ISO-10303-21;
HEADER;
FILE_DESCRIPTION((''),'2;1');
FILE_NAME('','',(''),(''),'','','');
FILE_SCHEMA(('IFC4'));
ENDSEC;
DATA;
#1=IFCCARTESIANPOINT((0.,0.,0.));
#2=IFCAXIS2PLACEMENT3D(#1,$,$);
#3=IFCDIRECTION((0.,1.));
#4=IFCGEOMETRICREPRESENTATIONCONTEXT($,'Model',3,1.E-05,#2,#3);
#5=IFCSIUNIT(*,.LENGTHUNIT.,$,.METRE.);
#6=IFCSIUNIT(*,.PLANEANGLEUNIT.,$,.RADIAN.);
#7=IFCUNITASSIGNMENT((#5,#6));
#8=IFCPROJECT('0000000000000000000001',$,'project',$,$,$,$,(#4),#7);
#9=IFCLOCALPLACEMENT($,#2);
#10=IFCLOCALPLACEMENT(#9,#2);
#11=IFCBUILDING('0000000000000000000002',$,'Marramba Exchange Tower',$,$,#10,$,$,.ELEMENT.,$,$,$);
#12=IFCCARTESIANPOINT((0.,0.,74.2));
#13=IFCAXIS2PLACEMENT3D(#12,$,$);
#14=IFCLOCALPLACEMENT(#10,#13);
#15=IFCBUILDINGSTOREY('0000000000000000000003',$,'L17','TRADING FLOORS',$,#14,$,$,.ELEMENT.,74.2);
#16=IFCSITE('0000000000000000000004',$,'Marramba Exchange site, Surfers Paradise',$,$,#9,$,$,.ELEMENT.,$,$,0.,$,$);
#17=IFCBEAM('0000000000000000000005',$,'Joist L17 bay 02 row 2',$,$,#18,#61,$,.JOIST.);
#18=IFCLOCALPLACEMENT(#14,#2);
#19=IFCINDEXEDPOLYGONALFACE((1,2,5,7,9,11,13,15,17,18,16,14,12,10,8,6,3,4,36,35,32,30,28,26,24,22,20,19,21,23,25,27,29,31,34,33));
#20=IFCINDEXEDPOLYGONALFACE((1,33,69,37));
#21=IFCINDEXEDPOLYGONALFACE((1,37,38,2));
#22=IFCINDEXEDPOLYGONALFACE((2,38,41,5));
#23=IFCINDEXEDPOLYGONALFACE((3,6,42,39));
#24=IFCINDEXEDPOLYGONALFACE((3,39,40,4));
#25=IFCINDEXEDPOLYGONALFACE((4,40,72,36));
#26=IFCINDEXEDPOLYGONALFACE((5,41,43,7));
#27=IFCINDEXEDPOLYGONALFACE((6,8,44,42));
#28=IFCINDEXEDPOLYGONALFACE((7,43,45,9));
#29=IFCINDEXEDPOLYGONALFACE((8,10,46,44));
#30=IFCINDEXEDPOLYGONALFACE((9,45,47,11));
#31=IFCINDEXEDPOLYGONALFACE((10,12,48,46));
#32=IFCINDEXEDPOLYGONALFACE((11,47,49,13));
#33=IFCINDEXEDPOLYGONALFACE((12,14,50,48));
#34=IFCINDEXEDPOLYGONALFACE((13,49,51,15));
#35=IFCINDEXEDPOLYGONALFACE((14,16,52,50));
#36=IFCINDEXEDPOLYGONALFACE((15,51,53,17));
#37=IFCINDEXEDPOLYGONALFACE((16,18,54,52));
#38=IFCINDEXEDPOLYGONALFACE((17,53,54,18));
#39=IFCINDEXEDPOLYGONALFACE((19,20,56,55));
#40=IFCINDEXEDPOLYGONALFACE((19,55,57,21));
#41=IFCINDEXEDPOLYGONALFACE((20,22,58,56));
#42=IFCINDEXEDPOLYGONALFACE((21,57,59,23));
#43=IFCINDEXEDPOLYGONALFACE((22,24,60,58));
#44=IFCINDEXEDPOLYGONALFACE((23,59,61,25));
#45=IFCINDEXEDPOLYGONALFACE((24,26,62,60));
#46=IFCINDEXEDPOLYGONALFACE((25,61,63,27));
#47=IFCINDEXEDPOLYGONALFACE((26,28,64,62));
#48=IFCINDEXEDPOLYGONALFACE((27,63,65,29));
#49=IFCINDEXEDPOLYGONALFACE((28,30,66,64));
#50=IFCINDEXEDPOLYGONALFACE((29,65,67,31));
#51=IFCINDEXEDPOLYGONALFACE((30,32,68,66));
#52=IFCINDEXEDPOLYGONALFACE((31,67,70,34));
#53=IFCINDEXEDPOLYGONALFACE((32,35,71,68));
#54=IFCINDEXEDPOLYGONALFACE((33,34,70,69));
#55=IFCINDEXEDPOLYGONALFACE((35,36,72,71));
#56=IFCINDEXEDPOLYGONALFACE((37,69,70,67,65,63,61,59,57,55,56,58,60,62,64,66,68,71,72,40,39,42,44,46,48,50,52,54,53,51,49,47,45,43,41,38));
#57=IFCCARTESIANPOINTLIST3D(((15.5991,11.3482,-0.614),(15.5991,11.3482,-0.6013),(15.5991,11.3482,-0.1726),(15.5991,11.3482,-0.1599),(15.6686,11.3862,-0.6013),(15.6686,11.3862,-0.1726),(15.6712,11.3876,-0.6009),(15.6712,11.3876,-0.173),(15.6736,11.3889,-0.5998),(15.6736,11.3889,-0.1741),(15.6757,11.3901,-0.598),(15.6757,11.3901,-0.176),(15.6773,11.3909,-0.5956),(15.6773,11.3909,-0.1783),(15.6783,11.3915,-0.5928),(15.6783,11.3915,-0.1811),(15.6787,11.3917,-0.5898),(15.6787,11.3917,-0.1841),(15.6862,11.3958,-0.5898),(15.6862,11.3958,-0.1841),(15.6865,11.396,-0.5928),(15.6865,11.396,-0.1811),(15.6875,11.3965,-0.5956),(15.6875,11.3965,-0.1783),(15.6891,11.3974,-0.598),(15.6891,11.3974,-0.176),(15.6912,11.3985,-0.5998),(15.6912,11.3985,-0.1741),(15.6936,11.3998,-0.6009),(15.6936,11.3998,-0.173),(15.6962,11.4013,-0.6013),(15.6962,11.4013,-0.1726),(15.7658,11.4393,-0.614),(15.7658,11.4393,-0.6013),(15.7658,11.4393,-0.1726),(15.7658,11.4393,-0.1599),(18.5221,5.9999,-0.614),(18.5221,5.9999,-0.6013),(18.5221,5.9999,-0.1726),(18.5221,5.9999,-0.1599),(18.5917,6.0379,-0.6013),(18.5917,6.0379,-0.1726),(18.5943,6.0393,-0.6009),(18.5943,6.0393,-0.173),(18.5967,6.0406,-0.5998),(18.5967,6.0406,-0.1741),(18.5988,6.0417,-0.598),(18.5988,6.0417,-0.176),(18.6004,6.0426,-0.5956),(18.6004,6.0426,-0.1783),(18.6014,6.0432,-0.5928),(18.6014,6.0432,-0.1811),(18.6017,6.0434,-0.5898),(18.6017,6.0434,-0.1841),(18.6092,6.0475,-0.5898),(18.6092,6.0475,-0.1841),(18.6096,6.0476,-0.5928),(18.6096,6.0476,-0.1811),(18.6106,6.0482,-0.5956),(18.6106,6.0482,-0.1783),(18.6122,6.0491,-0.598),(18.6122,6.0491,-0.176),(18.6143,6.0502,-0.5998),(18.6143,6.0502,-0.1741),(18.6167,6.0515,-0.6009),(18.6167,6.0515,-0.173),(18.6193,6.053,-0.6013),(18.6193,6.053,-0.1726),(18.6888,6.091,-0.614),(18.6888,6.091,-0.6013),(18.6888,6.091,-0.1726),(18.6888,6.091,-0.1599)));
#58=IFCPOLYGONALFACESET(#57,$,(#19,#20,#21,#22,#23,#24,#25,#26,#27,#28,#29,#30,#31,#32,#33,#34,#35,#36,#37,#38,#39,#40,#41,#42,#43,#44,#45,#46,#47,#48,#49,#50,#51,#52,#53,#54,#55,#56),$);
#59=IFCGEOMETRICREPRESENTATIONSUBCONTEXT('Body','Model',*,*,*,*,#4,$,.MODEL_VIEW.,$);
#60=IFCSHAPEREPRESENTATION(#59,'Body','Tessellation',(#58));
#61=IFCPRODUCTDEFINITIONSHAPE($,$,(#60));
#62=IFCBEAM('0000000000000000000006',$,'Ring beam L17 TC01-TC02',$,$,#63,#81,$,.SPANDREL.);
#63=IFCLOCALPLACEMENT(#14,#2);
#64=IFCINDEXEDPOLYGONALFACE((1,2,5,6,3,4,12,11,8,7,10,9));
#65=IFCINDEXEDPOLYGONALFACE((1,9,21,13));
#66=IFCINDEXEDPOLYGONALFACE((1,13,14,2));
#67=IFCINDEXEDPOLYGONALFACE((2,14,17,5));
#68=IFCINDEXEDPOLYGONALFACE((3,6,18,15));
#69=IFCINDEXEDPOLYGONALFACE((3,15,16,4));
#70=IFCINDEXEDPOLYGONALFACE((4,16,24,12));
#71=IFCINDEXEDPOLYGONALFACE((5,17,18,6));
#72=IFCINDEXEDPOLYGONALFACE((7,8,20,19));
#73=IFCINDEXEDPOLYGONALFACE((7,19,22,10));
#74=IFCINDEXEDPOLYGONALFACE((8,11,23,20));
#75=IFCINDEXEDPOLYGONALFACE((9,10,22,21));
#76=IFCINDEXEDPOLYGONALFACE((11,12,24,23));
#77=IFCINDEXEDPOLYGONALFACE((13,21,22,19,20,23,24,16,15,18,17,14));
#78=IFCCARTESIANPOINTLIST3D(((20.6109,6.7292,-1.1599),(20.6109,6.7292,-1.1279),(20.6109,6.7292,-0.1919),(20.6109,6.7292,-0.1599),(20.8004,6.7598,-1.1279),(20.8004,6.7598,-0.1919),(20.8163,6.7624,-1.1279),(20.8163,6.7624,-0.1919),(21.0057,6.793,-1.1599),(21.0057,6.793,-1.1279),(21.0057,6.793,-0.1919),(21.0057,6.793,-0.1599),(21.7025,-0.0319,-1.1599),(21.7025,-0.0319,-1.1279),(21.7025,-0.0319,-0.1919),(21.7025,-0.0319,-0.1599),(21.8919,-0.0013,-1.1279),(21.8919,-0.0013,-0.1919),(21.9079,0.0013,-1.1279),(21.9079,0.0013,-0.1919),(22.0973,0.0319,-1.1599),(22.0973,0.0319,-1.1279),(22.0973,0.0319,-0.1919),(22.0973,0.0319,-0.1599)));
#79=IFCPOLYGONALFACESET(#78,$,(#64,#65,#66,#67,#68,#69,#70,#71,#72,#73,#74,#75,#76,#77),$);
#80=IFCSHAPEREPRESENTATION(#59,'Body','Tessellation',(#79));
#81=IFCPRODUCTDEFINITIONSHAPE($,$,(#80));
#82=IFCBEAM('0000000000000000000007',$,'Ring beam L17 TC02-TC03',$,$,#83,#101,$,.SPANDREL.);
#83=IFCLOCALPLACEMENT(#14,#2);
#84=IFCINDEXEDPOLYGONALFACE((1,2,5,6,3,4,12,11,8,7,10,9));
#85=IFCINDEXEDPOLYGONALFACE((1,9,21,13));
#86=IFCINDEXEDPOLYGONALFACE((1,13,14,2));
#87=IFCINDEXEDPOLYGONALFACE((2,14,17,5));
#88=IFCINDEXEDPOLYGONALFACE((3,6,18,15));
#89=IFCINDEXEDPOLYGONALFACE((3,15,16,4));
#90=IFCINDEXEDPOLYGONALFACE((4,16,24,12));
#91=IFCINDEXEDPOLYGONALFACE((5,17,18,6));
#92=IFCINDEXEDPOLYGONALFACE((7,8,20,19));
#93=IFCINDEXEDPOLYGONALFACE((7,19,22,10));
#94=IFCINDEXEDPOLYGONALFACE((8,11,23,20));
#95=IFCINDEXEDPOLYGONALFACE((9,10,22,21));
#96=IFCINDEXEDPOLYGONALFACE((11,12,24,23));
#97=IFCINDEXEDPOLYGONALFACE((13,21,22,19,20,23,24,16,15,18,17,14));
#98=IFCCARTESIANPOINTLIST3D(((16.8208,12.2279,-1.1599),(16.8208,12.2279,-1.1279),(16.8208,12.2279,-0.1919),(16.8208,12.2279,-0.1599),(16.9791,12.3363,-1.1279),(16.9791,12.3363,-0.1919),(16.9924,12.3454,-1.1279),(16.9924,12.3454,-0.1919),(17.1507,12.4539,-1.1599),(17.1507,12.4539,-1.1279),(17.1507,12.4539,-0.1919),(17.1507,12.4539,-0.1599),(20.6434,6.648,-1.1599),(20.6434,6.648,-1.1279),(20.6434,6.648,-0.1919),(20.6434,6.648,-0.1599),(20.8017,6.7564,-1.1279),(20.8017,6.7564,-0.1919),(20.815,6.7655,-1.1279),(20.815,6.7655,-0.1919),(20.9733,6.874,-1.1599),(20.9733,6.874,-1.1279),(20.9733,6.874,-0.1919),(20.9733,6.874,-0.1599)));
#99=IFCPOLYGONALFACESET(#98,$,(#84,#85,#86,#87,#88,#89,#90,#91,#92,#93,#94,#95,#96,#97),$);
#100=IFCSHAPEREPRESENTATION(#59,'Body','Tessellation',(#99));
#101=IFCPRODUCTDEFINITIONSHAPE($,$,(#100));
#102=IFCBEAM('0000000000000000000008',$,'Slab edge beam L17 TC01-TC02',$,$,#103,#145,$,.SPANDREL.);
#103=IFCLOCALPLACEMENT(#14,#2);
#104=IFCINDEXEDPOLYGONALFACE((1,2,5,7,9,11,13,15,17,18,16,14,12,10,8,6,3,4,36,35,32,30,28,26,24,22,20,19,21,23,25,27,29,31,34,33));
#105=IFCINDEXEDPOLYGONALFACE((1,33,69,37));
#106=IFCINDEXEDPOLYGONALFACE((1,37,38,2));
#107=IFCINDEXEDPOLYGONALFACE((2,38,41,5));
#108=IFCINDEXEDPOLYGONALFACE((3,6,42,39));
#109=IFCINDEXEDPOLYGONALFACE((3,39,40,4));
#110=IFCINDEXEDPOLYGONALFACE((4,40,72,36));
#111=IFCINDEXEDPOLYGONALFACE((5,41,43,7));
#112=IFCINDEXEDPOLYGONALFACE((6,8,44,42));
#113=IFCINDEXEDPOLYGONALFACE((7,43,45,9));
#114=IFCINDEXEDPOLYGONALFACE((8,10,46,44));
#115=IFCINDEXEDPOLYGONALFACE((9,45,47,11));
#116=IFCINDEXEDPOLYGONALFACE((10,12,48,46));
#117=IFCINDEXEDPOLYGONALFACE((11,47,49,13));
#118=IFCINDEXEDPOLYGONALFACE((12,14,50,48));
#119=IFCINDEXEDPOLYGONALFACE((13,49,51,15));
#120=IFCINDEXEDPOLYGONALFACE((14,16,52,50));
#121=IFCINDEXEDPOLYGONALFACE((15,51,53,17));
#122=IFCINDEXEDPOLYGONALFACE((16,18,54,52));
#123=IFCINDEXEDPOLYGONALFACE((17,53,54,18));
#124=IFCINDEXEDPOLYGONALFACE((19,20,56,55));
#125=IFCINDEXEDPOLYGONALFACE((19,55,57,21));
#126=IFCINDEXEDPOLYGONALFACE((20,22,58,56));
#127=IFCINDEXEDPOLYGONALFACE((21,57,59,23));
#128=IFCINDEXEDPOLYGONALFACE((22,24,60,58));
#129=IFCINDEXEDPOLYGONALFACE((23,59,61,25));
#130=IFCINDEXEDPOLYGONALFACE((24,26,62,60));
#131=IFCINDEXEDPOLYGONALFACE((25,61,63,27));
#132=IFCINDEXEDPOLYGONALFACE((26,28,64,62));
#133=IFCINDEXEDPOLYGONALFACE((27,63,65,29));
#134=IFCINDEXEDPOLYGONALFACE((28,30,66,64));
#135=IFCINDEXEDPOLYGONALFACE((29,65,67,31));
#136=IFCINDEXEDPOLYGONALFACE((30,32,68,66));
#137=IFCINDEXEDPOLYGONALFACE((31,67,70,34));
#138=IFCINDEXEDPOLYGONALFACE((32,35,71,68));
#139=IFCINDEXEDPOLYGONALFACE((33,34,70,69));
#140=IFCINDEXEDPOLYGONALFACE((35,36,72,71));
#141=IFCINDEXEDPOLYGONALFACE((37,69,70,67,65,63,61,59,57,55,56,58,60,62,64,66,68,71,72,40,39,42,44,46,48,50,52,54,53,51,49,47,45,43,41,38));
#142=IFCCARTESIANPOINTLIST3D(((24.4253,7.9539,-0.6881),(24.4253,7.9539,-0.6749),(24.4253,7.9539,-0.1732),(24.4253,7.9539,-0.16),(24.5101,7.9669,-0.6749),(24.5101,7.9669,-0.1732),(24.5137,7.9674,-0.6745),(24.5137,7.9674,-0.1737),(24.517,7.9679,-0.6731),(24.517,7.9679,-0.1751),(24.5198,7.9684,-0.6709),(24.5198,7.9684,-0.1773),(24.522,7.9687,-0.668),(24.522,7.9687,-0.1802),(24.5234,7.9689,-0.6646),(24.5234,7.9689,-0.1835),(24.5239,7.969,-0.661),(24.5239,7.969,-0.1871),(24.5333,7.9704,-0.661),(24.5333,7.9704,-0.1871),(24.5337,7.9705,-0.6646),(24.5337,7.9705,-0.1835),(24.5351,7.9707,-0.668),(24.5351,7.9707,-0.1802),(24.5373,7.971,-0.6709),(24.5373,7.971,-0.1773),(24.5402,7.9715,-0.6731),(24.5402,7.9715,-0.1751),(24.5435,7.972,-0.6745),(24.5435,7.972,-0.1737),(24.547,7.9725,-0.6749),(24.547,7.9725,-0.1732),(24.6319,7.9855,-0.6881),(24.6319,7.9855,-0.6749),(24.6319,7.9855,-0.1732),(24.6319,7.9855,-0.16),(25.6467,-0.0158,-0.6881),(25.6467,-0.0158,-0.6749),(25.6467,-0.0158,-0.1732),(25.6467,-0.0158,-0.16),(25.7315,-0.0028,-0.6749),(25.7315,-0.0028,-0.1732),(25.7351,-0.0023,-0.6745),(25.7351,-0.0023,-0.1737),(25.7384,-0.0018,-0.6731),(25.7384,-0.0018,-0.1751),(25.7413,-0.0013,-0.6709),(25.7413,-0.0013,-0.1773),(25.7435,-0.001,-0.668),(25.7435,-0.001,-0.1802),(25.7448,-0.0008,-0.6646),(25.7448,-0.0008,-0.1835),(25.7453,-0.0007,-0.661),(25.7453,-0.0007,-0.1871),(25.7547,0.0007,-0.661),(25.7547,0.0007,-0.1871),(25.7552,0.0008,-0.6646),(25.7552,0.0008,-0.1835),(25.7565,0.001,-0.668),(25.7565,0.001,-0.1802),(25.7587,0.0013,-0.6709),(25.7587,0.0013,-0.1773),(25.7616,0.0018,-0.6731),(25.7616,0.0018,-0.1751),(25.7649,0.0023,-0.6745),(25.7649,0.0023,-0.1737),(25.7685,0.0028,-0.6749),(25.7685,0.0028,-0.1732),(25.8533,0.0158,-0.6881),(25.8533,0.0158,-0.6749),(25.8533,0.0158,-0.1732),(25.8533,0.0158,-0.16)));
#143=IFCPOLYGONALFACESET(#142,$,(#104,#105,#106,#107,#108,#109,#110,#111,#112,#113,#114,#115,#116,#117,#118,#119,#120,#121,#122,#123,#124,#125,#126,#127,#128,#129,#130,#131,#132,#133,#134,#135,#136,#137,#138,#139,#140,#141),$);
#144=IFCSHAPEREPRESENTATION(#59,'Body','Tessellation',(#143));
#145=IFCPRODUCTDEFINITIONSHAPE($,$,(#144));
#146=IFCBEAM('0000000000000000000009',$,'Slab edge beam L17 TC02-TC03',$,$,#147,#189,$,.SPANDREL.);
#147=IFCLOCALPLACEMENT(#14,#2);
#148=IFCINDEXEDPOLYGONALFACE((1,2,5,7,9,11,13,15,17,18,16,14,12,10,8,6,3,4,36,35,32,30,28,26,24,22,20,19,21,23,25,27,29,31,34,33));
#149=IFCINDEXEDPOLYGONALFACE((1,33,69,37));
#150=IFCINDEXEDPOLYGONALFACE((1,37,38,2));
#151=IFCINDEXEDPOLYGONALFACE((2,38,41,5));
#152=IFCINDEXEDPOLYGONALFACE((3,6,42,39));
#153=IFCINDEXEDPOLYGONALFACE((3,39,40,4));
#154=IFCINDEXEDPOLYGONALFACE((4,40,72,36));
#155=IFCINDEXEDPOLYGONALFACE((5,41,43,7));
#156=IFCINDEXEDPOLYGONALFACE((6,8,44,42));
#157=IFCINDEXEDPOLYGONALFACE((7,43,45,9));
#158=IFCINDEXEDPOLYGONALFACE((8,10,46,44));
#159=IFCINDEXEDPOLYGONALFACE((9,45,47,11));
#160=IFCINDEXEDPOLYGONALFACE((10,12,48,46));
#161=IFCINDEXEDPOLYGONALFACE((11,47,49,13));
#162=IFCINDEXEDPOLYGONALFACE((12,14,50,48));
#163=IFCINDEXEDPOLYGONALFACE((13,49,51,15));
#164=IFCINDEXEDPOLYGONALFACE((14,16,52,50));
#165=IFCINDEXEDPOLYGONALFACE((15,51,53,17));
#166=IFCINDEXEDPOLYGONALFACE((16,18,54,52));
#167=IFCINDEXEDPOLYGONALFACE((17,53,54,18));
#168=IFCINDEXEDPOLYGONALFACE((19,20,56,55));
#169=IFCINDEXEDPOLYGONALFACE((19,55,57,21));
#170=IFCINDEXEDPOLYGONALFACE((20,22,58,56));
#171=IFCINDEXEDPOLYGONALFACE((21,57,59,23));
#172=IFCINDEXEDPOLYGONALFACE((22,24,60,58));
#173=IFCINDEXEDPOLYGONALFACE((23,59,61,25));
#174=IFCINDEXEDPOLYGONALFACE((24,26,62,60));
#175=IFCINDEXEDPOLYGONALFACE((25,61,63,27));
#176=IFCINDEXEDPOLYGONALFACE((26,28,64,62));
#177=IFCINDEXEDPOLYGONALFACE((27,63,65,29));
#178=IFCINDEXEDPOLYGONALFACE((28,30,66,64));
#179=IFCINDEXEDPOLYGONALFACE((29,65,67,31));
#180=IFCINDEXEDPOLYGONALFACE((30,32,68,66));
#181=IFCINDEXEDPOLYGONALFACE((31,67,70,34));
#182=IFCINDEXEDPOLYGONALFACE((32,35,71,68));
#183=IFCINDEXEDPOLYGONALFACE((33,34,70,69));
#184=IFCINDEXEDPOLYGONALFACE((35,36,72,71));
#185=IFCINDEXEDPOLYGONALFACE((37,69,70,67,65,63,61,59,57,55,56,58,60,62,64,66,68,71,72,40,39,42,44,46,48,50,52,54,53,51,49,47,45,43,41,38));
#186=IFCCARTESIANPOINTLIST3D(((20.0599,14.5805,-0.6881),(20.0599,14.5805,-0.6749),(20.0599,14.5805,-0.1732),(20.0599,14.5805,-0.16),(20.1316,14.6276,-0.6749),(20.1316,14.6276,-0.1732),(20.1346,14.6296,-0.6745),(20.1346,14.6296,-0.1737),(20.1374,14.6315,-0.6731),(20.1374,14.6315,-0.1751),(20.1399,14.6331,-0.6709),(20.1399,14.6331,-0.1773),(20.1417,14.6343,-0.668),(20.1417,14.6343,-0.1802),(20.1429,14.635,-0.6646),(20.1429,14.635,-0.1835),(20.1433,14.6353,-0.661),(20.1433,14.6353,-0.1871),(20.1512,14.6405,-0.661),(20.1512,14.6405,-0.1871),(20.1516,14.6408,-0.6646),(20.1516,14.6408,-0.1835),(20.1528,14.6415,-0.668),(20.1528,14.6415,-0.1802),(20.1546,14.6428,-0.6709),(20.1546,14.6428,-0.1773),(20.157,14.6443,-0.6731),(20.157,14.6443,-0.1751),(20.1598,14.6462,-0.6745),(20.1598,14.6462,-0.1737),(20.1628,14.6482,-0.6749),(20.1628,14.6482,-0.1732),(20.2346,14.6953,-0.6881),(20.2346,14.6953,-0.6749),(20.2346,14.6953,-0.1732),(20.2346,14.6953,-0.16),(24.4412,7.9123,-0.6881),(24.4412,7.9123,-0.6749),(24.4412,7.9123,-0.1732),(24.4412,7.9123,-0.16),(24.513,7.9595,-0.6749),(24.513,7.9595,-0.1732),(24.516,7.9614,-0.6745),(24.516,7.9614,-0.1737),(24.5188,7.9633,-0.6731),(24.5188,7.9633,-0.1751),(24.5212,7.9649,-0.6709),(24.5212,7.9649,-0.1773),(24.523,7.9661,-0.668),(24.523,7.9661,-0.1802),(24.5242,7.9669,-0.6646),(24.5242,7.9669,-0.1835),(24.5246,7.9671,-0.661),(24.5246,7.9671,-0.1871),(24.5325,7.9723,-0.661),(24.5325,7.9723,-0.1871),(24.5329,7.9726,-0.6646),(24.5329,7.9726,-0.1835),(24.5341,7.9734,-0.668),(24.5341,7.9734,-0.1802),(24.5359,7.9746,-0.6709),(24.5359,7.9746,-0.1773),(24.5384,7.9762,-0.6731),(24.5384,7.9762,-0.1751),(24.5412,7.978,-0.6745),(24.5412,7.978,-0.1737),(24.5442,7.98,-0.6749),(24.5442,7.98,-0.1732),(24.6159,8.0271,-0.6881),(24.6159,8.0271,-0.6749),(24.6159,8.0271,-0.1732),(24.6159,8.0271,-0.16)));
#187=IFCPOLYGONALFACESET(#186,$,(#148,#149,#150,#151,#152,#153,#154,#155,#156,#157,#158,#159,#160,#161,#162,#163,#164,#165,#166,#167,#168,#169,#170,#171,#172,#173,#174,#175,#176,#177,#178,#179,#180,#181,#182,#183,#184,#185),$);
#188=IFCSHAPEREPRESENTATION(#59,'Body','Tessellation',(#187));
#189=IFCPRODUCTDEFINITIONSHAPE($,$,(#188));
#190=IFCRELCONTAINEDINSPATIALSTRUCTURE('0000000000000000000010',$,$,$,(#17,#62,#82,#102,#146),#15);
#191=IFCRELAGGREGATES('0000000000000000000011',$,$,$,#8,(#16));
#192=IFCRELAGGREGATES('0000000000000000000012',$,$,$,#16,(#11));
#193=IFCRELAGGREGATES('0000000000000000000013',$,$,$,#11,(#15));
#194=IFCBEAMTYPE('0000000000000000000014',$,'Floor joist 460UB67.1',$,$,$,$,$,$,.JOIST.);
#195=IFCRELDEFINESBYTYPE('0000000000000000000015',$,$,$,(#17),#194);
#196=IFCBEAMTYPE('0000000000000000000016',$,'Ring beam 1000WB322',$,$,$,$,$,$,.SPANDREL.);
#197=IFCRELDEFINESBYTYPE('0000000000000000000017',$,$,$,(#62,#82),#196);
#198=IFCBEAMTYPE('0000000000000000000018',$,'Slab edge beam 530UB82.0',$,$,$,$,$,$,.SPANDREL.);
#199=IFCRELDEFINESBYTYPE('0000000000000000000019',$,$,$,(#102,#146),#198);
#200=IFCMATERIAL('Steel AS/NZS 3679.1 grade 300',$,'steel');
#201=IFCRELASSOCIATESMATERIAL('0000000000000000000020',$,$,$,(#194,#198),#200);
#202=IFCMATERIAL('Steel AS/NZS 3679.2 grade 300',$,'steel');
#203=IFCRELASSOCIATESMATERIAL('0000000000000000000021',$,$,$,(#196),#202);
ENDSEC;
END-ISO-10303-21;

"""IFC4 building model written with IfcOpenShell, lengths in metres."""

from ifc_helpers import new_model, si_unit, direction, frame, origin, origin_2d, place, context, subcontext, project, spatial, i_section, extrude, material, material_profile, profile_set, type_object, element, save


model = new_model("IFC4")

# Units and contexts
model_context = context("Model", 3, precision=1e-05, world=origin(), true_north=direction((0.0, 1.0)))
body_context = subcontext(model_context, "Body", "Model", "MODEL_VIEW")
ifc_project = project(units=[si_unit("LENGTHUNIT", "METRE"), si_unit("PLANEANGLEUNIT", "RADIAN")], contexts=[model_context])

# Site, building, storey
site_placement = place(None, origin())
site = spatial("IfcSite", under=ifc_project, at=site_placement, Name="Marramba Exchange site, Surfers Paradise", CompositionType="ELEMENT", RefElevation=0.0)
building_placement = place(site_placement, origin())
building = spatial("IfcBuilding", under=site, at=building_placement, Name="Marramba Exchange Tower", CompositionType="ELEMENT")
storey_placement = place(building_placement, frame((0.0, 0.0, 74.2)))
storey = spatial("IfcBuildingStorey", under=building, at=storey_placement, Name="L17", Description="TRADING FLOORS", CompositionType="ELEMENT", Elevation=74.2)

# Beams
ifc_material_1 = material(Name="Steel AS/NZS 3679.2 grade 300", Category="steel")
ifc_material_2 = material(Name="Steel AS/NZS 3679.1 grade 300", Category="steel")
ifc_material_profile_1 = material_profile(ifc_material_2, i_section(OverallWidth=0.1899, OverallDepth=0.4541, WebThickness=0.0085, FlangeThickness=0.0127, FilletRadius=0.0115, at=origin_2d()), Name="460UB67.1")
ifc_profile_set_1 = profile_set([ifc_material_profile_1], Name="Steel AS/NZS 3679.1 grade 300")
beam_type_1 = type_object("IfcBeamType", Name="Floor joist 460UB67.1", PredefinedType="JOIST", material=ifc_profile_set_1)
beam_1_placement = place(storey_placement, frame((18.6055, 6.0454, -0.387), z_axis=(-0.479584, 0.877496, 0.0), x_axis=(-0.877496, -0.479584, 0.0)))
element("IfcBeam", 1, at=beam_1_placement, inside=storey, type_object=beam_type_1, Name="Joist L17 bay 02 row 2", PredefinedType="JOIST", context=body_context, shape_type="SweptSolid", body=[
    extrude(i_section(OverallWidth=0.1899, OverallDepth=0.4541, WebThickness=0.0085, FlangeThickness=0.0127, FilletRadius=0.0115, at=origin_2d()), origin(), (0.0, 0.0, 1.0), 6.095),
])
ifc_material_profile_2 = material_profile(ifc_material_1, i_section(OverallWidth=0.3999, OverallDepth=1.0, WebThickness=0.0161, FlangeThickness=0.032, at=origin_2d()), Name="1000WB322")
ifc_profile_set_2 = profile_set([ifc_material_profile_2], Name="Steel AS/NZS 3679.2 grade 300")
beam_type_2 = type_object("IfcBeamType", Name="Ring beam 1000WB322", PredefinedType="SPANDREL", material=ifc_profile_set_2)
beam_2_placement = place(storey_placement, frame((21.8999, 0.0, -0.6599), z_axis=(-0.159385, 0.987217, 0.0), x_axis=(-0.987217, -0.159385, 0.0)))
element("IfcBeam", 2, at=beam_2_placement, inside=storey, type_object=beam_type_2, Name="Ring beam L17 TC01-TC02", PredefinedType="SPANDREL", context=body_context, shape_type="SweptSolid", body=[
    extrude(i_section(OverallWidth=0.3999, OverallDepth=1.0, WebThickness=0.0161, FlangeThickness=0.032, at=origin_2d()), origin(), (0.0, 0.0, 1.0), 6.8486),
])
beam_3_placement = place(storey_placement, frame((20.8083, 6.761, -0.6599), z_axis=(-0.56516, 0.824981, 0.0), x_axis=(-0.824981, -0.56516, 0.0)))
element("IfcBeam", 3, at=beam_3_placement, inside=storey, type_object=beam_type_2, Name="Ring beam L17 TC02-TC03", PredefinedType="SPANDREL", context=body_context, shape_type="SweptSolid", body=[
    extrude(i_section(OverallWidth=0.3999, OverallDepth=1.0, WebThickness=0.0161, FlangeThickness=0.032, at=origin_2d()), origin(), (0.0, 0.0, 1.0), 6.7637),
])
ifc_material_profile_3 = material_profile(ifc_material_2, i_section(OverallWidth=0.209, OverallDepth=0.5281, WebThickness=0.0095, FlangeThickness=0.0132, FilletRadius=0.0139, at=origin_2d()), Name="530UB82.0")
ifc_profile_set_3 = profile_set([ifc_material_profile_3], Name="Steel AS/NZS 3679.1 grade 300")
beam_type_3 = type_object("IfcBeamType", Name="Slab edge beam 530UB82.0", PredefinedType="SPANDREL", material=ifc_profile_set_3)
beam_4_placement = place(storey_placement, frame((25.75, 0.0, -0.4241), z_axis=(-0.151491, 0.988459, 0.0), x_axis=(-0.988459, -0.151491, 0.0)))
element("IfcBeam", 4, at=beam_4_placement, inside=storey, type_object=beam_type_3, Name="Slab edge beam L17 TC01-TC02", PredefinedType="SPANDREL", context=body_context, shape_type="SweptSolid", body=[
    extrude(i_section(OverallWidth=0.209, OverallDepth=0.5281, WebThickness=0.0095, FlangeThickness=0.0132, FilletRadius=0.0139, at=origin_2d()), origin(), (0.0, 0.0, 1.0), 8.0627),
])
beam_5_placement = place(storey_placement, frame((24.5286, 7.9697, -0.4241), z_axis=(-0.549124, 0.835741, 0.0), x_axis=(-0.835741, -0.549124, 0.0)))
element("IfcBeam", 5, at=beam_5_placement, inside=storey, type_object=beam_type_3, Name="Slab edge beam L17 TC02-TC03", PredefinedType="SPANDREL", context=body_context, shape_type="SweptSolid", body=[
    extrude(i_section(OverallWidth=0.209, OverallDepth=0.5281, WebThickness=0.0095, FlangeThickness=0.0132, FilletRadius=0.0139, at=origin_2d()), origin(), (0.0, 0.0, 1.0), 7.9788),
])

save(model, "model.ifc")
